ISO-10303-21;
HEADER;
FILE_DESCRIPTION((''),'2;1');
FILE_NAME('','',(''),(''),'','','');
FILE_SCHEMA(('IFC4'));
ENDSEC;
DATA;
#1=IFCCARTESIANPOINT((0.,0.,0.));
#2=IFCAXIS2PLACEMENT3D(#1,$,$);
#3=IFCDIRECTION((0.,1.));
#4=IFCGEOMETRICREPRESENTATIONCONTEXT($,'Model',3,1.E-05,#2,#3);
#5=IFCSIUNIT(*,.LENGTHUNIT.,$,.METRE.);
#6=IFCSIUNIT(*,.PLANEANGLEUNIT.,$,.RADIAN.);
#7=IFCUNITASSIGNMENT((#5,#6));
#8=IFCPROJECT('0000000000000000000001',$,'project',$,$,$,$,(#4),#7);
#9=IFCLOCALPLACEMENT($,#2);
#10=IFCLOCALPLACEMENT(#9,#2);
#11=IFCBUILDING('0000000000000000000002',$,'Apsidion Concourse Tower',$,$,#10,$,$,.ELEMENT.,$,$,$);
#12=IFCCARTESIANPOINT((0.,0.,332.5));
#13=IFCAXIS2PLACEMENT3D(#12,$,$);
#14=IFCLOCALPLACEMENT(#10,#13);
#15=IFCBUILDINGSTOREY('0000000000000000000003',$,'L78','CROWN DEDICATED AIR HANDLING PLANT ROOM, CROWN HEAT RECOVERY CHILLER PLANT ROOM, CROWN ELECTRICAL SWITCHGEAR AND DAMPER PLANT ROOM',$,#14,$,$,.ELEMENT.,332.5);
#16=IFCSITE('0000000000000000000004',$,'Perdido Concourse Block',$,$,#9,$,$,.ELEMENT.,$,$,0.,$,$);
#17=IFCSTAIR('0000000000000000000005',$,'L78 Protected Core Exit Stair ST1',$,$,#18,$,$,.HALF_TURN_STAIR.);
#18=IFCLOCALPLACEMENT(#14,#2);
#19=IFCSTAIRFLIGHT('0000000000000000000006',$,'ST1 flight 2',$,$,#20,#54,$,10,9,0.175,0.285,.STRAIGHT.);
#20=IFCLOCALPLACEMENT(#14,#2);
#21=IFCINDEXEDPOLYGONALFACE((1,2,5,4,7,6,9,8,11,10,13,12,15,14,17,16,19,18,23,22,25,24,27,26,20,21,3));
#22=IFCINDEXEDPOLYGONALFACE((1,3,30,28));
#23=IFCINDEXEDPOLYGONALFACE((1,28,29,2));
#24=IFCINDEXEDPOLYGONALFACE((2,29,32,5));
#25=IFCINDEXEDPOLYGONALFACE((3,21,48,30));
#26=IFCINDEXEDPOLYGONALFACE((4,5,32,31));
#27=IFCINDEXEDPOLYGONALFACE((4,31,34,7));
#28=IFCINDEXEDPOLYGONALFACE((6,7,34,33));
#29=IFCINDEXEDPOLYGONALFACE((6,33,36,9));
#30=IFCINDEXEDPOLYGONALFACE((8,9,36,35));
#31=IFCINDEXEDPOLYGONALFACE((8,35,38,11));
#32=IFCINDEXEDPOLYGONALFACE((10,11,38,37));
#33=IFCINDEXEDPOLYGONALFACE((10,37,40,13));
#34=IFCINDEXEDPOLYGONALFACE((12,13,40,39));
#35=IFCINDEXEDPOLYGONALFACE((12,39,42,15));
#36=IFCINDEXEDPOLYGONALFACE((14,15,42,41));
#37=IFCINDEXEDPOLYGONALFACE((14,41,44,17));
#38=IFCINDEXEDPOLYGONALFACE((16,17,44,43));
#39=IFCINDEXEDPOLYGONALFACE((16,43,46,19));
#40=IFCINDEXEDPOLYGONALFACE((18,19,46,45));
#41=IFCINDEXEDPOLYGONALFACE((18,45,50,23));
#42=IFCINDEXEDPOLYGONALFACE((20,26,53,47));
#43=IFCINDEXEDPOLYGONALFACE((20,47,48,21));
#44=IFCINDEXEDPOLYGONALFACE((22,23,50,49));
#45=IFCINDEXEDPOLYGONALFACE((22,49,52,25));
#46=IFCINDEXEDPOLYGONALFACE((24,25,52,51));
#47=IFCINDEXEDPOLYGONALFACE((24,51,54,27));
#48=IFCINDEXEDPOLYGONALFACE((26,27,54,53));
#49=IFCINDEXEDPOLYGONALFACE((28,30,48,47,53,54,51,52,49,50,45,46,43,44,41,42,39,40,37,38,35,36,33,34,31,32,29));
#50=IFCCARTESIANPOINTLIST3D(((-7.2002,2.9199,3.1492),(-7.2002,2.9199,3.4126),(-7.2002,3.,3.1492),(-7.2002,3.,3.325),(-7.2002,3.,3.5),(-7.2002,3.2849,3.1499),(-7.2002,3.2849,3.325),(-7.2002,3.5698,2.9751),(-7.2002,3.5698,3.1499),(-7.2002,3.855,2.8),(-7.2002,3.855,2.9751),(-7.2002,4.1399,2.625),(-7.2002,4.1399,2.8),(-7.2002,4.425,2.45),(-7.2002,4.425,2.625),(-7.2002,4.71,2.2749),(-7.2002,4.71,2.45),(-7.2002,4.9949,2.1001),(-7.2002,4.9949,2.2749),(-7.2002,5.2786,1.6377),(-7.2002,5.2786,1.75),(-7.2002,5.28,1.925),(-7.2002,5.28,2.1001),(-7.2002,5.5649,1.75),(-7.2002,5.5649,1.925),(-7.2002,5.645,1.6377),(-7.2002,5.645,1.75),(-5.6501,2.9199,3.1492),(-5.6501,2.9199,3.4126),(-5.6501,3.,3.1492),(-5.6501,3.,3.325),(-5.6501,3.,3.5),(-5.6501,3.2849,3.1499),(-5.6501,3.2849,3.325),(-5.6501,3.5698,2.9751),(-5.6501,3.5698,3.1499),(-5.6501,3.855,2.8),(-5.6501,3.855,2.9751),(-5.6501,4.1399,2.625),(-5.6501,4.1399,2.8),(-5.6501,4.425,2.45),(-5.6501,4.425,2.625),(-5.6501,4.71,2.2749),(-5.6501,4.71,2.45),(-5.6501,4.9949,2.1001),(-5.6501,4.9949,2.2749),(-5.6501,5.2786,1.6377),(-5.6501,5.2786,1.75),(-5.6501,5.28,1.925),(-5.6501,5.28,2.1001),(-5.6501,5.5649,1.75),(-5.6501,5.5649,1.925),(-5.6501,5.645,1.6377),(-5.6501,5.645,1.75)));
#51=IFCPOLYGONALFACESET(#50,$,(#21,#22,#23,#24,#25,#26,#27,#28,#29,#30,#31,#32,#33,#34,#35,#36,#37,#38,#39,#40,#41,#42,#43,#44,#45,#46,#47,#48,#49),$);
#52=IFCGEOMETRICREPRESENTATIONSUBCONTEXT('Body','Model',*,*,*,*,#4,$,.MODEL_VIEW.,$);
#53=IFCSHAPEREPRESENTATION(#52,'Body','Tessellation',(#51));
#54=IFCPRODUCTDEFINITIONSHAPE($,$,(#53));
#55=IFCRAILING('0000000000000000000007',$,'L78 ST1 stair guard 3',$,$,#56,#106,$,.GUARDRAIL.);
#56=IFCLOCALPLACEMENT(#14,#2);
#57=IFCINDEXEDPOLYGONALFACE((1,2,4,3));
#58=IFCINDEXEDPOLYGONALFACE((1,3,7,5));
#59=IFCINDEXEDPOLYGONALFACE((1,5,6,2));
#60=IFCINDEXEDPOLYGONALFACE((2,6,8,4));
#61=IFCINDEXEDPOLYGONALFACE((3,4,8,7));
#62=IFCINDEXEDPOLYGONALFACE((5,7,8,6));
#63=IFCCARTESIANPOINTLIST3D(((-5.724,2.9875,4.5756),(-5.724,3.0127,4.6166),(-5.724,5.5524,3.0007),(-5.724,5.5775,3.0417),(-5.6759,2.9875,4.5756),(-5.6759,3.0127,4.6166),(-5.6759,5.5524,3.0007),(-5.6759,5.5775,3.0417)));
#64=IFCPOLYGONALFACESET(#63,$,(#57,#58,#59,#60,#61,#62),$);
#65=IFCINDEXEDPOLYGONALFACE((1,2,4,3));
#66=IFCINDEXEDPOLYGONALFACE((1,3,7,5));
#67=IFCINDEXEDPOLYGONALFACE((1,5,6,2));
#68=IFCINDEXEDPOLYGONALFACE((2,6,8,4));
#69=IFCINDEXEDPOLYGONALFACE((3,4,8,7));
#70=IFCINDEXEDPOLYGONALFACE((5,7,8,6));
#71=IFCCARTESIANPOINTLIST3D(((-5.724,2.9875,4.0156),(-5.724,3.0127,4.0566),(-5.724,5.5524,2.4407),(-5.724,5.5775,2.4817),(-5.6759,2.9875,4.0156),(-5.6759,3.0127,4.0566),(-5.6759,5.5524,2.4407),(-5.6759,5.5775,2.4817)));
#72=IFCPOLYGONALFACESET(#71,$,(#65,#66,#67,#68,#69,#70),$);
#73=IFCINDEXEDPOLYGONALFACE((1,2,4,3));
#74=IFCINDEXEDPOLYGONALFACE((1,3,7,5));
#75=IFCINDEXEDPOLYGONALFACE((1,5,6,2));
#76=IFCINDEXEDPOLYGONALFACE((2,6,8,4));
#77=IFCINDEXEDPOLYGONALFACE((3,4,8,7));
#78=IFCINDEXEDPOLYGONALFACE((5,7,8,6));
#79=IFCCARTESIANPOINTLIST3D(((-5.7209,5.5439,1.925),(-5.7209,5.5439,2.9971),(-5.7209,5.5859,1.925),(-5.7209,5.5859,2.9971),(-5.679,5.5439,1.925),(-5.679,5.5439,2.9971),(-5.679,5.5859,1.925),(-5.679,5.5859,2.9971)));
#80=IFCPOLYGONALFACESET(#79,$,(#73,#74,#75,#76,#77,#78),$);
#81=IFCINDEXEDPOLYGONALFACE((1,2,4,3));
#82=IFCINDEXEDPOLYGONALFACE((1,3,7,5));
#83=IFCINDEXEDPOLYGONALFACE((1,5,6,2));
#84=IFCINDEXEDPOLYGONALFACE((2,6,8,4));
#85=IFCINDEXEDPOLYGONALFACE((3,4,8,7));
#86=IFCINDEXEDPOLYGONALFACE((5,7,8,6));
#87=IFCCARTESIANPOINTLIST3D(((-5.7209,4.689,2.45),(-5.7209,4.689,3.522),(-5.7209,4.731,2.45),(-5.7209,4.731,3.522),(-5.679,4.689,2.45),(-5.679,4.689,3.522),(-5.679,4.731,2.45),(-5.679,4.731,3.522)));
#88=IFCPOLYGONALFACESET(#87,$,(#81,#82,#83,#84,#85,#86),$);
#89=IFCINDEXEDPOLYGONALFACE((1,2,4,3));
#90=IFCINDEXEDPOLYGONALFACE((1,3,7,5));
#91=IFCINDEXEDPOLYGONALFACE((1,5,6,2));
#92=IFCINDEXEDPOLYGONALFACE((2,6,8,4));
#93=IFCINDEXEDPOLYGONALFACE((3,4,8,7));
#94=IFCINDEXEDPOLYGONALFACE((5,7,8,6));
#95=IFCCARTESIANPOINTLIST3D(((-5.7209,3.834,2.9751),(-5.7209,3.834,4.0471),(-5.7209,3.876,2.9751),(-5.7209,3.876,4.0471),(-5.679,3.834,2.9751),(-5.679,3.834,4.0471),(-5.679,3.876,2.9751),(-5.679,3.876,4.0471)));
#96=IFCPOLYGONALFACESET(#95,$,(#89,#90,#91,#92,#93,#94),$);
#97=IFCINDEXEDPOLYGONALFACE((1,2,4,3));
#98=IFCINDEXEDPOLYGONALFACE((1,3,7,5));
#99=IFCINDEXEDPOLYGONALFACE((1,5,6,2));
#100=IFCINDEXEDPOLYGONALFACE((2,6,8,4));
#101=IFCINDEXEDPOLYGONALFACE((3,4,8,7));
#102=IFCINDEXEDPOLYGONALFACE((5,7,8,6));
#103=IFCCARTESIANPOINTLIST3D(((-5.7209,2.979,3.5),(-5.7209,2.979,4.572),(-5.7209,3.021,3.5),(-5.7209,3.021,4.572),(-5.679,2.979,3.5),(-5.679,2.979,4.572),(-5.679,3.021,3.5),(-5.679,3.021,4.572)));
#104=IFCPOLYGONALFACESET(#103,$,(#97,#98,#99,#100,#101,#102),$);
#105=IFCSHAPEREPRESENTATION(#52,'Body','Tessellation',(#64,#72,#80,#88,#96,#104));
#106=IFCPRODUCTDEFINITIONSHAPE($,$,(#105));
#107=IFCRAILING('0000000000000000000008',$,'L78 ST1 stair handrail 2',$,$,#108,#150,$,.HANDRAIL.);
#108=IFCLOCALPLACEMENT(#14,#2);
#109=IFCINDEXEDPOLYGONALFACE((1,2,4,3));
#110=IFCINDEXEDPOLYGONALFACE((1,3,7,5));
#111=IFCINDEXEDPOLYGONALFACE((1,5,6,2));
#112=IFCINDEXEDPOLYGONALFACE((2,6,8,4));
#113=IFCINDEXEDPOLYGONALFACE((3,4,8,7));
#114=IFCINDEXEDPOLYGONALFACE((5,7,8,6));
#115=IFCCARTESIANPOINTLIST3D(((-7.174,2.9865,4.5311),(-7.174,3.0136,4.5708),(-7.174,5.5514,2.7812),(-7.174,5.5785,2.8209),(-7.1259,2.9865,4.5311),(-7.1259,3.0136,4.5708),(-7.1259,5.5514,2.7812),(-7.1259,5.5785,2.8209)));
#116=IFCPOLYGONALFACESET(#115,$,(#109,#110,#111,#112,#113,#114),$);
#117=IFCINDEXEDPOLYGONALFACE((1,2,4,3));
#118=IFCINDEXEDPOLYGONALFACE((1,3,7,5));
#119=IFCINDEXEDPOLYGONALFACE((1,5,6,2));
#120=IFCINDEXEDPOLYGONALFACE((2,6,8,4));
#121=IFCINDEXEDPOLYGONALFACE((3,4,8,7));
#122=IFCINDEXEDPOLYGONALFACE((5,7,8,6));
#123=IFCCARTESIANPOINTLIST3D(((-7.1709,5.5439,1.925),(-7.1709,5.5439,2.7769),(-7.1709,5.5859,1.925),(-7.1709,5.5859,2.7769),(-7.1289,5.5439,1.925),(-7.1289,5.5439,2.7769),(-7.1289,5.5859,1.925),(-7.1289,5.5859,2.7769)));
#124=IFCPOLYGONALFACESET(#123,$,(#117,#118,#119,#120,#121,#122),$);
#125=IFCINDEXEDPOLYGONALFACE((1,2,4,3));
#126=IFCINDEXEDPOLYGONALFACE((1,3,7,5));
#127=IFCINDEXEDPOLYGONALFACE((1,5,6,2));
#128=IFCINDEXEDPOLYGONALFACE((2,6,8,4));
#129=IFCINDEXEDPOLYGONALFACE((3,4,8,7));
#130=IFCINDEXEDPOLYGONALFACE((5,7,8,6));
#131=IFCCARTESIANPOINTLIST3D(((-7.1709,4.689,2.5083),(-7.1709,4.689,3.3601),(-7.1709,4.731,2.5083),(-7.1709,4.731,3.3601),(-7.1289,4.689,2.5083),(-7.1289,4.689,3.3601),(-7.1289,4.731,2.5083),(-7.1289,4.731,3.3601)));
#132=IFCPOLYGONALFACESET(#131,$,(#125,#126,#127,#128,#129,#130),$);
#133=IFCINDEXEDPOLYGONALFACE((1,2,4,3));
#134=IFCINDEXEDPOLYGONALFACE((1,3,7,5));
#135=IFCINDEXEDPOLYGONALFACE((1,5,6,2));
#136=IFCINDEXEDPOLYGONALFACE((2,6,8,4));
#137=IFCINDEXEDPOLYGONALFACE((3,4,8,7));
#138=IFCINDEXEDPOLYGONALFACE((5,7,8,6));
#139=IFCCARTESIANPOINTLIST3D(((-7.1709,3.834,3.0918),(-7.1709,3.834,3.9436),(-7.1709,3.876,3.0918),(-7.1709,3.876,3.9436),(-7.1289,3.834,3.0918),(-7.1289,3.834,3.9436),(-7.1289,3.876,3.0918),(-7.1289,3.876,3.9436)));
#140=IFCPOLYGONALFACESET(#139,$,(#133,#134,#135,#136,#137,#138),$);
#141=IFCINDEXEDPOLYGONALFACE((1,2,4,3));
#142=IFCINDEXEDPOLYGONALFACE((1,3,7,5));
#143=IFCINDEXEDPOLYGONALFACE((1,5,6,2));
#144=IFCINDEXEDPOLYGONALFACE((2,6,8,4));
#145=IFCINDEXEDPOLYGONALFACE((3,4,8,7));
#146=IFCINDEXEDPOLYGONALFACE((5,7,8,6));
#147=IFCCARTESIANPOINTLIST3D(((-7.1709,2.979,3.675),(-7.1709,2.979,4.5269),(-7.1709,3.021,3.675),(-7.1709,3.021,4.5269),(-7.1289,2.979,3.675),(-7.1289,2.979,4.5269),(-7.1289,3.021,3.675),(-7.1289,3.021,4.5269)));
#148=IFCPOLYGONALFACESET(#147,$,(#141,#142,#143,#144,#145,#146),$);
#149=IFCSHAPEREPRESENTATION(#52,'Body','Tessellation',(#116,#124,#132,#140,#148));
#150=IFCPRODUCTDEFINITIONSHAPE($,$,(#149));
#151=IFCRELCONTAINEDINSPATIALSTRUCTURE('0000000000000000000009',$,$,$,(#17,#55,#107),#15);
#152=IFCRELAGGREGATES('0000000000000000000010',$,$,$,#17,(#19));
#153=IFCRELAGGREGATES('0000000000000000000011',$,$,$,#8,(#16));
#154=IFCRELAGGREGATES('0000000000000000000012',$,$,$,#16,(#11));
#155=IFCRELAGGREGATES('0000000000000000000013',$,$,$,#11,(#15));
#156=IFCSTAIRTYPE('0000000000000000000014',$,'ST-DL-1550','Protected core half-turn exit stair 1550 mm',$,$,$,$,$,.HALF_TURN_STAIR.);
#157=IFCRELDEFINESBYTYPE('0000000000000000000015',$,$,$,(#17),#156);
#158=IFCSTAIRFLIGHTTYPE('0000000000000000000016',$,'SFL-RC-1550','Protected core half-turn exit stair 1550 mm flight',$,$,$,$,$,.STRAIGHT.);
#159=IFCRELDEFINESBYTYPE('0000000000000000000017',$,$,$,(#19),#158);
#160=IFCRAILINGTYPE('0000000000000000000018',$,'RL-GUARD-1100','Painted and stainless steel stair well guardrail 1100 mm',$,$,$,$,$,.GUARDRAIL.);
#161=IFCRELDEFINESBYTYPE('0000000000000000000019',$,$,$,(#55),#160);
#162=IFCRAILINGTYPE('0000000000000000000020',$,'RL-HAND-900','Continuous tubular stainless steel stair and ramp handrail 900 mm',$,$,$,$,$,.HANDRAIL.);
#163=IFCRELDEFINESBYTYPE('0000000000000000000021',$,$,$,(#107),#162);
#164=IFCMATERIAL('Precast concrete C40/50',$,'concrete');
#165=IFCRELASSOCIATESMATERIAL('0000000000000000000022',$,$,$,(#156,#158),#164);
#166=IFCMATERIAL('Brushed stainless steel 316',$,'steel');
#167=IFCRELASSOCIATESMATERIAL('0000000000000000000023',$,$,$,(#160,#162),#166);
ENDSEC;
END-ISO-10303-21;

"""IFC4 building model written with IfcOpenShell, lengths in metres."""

from ifc_helpers import new_model, si_unit, direction, frame, origin, origin_2d, place, context, subcontext, project, spatial, polyline, rectangle, outline, extrude, material, type_object, element, aggregate, save


model = new_model("IFC4")

# Units and contexts
model_context = context("Model", 3, precision=1e-05, world=origin(), true_north=direction((0.0, 1.0)))
body_context = subcontext(model_context, "Body", "Model", "MODEL_VIEW")
ifc_project = project(units=[si_unit("LENGTHUNIT", "METRE"), si_unit("PLANEANGLEUNIT", "RADIAN")], contexts=[model_context])

# Site, building, storey
site_placement = place(None, origin())
site = spatial("IfcSite", under=ifc_project, at=site_placement, Name="Perdido Concourse Block", CompositionType="ELEMENT", RefElevation=0.0)
building_placement = place(site_placement, origin())
building = spatial("IfcBuilding", under=site, at=building_placement, Name="Apsidion Concourse Tower", CompositionType="ELEMENT")
storey_placement = place(building_placement, frame((0.0, 0.0, 332.5)))
storey = spatial("IfcBuildingStorey", under=building, at=storey_placement, Name="L78", Description="CROWN DEDICATED AIR HANDLING PLANT ROOM, CROWN HEAT RECOVERY CHILLER PLANT ROOM, CROWN ELECTRICAL SWITCHGEAR AND DAMPER PLANT ROOM", CompositionType="ELEMENT", Elevation=332.5)

# Shared definitions
ifc_material_1 = material(Name="Precast concrete C40/50", Category="concrete")

# Shared definitions
ifc_material_2 = material(Name="Brushed stainless steel 316", Category="steel")

# Stair, stair flight
stair_type = type_object("IfcStairType", Name="ST-DL-1550", Description="Protected core half-turn exit stair 1550 mm", PredefinedType="HALF_TURN_STAIR", material=ifc_material_1)
stair_placement = place(storey_placement, origin())
stair = element("IfcStair", 1, at=stair_placement, inside=storey, type_object=stair_type, Name="L78 Protected Core Exit Stair ST1", PredefinedType="HALF_TURN_STAIR")
stair_flight_type = type_object("IfcStairFlightType", Name="SFL-RC-1550", Description="Protected core half-turn exit stair 1550 mm flight", PredefinedType="STRAIGHT", material=ifc_material_1)
stair_flight_placement = place(storey_placement, frame((-6.425, 5.5649, 1.75), z_axis=(0.0, 0.0, 1.0), x_axis=(0.0, -1.0, 0.0)))
stair_flight = element("IfcStairFlight", 2, at=stair_flight_placement, type_object=stair_flight_type, Name="ST1 flight 2", NumberOfRisers=10, NumberOfTreads=9, PredefinedType="STRAIGHT", RiserHeight=0.175, TreadLength=0.285, context=body_context, shape_type="SweptSolid", body=[
    extrude(outline(polyline([(-0.0801, -0.1123), (-0.0801, 0.0), (0.0, 0.0), (0.0, 0.175), (0.2849, 0.175), (0.2849, 0.3501), (0.5701, 0.3501), (0.5701, 0.5249), (0.855, 0.5249), (0.855, 0.7), (1.1399, 0.7), (1.1399, 0.875), (1.425, 0.875), (1.425, 1.05), (1.71, 1.05), (1.71, 1.2251), (1.9951, 1.2251), (1.9951, 1.3999), (2.28, 1.3999), (2.28, 1.575), (2.5649, 1.575), (2.5649, 1.75), (2.645, 1.6626), (2.645, 1.3992), (2.5649, 1.3992), (0.2864, 0.0), (0.2864, -0.1123), (-0.0801, -0.1123)])), frame((0.0, 0.7749, 0.0), z_axis=(0.0, -1.0, 0.0), x_axis=(1.0, 0.0, 0.0)), (0.0, 0.0, 1.0), 1.55),
])
aggregate(stair, [stair_flight])

# Railings
railing_type_1 = type_object("IfcRailingType", Name="RL-GUARD-1100", Description="Painted and stainless steel stair well guardrail 1100 mm", PredefinedType="GUARDRAIL", material=ifc_material_2)
railing_1_placement = place(storey_placement, frame((-5.7, 5.5649, 1.925)))
element("IfcRailing", 3, at=railing_1_placement, inside=storey, type_object=railing_type_1, Name="L78 ST1 stair guard 3", PredefinedType="GUARDRAIL", context=body_context, shape_type="SweptSolid", body=[
    extrude(rectangle(XDim=0.0481, YDim=0.0481, at=origin_2d()), frame((0.0, 0.0, 1.0962), z_axis=(0.0, -0.852173, 0.52326), x_axis=(1.0, 0.0, 0.0)), (0.0, 0.0, 1.0), 3.0098),
    extrude(rectangle(XDim=0.0481, YDim=0.0481, at=origin_2d()), frame((0.0, 0.0, 0.5361), z_axis=(0.0, -0.852173, 0.52326), x_axis=(1.0, 0.0, 0.0)), (0.0, 0.0, 1.0), 3.0098),
    extrude(rectangle(XDim=0.042, YDim=0.042, at=origin_2d()), origin(), (0.0, 0.0, 1.0), 1.072),
    extrude(rectangle(XDim=0.042, YDim=0.042, at=origin_2d()), frame((0.0, -0.855, 0.5249)), (0.0, 0.0, 1.0), 1.072),
    extrude(rectangle(XDim=0.042, YDim=0.042, at=origin_2d()), frame((0.0, -1.71, 1.05)), (0.0, 0.0, 1.0), 1.072),
    extrude(rectangle(XDim=0.042, YDim=0.042, at=origin_2d()), frame((0.0, -2.5649, 1.575)), (0.0, 0.0, 1.0), 1.072),
])
railing_type_2 = type_object("IfcRailingType", Name="RL-HAND-900", Description="Continuous tubular stainless steel stair and ramp handrail 900 mm", PredefinedType="HANDRAIL", material=ifc_material_2)
railing_2_placement = place(storey_placement, frame((-7.1499, 5.5649, 1.925)))
element("IfcRailing", 4, at=railing_2_placement, inside=storey, type_object=railing_type_2, Name="L78 ST1 stair handrail 2", PredefinedType="HANDRAIL", context=body_context, shape_type="SweptSolid", body=[
    extrude(rectangle(XDim=0.0481, YDim=0.0481, at=origin_2d()), frame((0.0, 0.0, 0.876), z_axis=(0.0, -0.826051, 0.563595), x_axis=(1.0, 0.0, 0.0)), (0.0, 0.0, 1.0), 3.105),
    extrude(rectangle(XDim=0.042, YDim=0.042, at=origin_2d()), origin(), (0.0, 0.0, 1.0), 0.8518),
    extrude(rectangle(XDim=0.042, YDim=0.042, at=origin_2d()), frame((0.0, -0.855, 0.5833)), (0.0, 0.0, 1.0), 0.8518),
    extrude(rectangle(XDim=0.042, YDim=0.042, at=origin_2d()), frame((0.0, -1.71, 1.1667)), (0.0, 0.0, 1.0), 0.8518),
    extrude(rectangle(XDim=0.042, YDim=0.042, at=origin_2d()), frame((0.0, -2.5649, 1.75)), (0.0, 0.0, 1.0), 0.8518),
])

save(model, "model.ifc")
